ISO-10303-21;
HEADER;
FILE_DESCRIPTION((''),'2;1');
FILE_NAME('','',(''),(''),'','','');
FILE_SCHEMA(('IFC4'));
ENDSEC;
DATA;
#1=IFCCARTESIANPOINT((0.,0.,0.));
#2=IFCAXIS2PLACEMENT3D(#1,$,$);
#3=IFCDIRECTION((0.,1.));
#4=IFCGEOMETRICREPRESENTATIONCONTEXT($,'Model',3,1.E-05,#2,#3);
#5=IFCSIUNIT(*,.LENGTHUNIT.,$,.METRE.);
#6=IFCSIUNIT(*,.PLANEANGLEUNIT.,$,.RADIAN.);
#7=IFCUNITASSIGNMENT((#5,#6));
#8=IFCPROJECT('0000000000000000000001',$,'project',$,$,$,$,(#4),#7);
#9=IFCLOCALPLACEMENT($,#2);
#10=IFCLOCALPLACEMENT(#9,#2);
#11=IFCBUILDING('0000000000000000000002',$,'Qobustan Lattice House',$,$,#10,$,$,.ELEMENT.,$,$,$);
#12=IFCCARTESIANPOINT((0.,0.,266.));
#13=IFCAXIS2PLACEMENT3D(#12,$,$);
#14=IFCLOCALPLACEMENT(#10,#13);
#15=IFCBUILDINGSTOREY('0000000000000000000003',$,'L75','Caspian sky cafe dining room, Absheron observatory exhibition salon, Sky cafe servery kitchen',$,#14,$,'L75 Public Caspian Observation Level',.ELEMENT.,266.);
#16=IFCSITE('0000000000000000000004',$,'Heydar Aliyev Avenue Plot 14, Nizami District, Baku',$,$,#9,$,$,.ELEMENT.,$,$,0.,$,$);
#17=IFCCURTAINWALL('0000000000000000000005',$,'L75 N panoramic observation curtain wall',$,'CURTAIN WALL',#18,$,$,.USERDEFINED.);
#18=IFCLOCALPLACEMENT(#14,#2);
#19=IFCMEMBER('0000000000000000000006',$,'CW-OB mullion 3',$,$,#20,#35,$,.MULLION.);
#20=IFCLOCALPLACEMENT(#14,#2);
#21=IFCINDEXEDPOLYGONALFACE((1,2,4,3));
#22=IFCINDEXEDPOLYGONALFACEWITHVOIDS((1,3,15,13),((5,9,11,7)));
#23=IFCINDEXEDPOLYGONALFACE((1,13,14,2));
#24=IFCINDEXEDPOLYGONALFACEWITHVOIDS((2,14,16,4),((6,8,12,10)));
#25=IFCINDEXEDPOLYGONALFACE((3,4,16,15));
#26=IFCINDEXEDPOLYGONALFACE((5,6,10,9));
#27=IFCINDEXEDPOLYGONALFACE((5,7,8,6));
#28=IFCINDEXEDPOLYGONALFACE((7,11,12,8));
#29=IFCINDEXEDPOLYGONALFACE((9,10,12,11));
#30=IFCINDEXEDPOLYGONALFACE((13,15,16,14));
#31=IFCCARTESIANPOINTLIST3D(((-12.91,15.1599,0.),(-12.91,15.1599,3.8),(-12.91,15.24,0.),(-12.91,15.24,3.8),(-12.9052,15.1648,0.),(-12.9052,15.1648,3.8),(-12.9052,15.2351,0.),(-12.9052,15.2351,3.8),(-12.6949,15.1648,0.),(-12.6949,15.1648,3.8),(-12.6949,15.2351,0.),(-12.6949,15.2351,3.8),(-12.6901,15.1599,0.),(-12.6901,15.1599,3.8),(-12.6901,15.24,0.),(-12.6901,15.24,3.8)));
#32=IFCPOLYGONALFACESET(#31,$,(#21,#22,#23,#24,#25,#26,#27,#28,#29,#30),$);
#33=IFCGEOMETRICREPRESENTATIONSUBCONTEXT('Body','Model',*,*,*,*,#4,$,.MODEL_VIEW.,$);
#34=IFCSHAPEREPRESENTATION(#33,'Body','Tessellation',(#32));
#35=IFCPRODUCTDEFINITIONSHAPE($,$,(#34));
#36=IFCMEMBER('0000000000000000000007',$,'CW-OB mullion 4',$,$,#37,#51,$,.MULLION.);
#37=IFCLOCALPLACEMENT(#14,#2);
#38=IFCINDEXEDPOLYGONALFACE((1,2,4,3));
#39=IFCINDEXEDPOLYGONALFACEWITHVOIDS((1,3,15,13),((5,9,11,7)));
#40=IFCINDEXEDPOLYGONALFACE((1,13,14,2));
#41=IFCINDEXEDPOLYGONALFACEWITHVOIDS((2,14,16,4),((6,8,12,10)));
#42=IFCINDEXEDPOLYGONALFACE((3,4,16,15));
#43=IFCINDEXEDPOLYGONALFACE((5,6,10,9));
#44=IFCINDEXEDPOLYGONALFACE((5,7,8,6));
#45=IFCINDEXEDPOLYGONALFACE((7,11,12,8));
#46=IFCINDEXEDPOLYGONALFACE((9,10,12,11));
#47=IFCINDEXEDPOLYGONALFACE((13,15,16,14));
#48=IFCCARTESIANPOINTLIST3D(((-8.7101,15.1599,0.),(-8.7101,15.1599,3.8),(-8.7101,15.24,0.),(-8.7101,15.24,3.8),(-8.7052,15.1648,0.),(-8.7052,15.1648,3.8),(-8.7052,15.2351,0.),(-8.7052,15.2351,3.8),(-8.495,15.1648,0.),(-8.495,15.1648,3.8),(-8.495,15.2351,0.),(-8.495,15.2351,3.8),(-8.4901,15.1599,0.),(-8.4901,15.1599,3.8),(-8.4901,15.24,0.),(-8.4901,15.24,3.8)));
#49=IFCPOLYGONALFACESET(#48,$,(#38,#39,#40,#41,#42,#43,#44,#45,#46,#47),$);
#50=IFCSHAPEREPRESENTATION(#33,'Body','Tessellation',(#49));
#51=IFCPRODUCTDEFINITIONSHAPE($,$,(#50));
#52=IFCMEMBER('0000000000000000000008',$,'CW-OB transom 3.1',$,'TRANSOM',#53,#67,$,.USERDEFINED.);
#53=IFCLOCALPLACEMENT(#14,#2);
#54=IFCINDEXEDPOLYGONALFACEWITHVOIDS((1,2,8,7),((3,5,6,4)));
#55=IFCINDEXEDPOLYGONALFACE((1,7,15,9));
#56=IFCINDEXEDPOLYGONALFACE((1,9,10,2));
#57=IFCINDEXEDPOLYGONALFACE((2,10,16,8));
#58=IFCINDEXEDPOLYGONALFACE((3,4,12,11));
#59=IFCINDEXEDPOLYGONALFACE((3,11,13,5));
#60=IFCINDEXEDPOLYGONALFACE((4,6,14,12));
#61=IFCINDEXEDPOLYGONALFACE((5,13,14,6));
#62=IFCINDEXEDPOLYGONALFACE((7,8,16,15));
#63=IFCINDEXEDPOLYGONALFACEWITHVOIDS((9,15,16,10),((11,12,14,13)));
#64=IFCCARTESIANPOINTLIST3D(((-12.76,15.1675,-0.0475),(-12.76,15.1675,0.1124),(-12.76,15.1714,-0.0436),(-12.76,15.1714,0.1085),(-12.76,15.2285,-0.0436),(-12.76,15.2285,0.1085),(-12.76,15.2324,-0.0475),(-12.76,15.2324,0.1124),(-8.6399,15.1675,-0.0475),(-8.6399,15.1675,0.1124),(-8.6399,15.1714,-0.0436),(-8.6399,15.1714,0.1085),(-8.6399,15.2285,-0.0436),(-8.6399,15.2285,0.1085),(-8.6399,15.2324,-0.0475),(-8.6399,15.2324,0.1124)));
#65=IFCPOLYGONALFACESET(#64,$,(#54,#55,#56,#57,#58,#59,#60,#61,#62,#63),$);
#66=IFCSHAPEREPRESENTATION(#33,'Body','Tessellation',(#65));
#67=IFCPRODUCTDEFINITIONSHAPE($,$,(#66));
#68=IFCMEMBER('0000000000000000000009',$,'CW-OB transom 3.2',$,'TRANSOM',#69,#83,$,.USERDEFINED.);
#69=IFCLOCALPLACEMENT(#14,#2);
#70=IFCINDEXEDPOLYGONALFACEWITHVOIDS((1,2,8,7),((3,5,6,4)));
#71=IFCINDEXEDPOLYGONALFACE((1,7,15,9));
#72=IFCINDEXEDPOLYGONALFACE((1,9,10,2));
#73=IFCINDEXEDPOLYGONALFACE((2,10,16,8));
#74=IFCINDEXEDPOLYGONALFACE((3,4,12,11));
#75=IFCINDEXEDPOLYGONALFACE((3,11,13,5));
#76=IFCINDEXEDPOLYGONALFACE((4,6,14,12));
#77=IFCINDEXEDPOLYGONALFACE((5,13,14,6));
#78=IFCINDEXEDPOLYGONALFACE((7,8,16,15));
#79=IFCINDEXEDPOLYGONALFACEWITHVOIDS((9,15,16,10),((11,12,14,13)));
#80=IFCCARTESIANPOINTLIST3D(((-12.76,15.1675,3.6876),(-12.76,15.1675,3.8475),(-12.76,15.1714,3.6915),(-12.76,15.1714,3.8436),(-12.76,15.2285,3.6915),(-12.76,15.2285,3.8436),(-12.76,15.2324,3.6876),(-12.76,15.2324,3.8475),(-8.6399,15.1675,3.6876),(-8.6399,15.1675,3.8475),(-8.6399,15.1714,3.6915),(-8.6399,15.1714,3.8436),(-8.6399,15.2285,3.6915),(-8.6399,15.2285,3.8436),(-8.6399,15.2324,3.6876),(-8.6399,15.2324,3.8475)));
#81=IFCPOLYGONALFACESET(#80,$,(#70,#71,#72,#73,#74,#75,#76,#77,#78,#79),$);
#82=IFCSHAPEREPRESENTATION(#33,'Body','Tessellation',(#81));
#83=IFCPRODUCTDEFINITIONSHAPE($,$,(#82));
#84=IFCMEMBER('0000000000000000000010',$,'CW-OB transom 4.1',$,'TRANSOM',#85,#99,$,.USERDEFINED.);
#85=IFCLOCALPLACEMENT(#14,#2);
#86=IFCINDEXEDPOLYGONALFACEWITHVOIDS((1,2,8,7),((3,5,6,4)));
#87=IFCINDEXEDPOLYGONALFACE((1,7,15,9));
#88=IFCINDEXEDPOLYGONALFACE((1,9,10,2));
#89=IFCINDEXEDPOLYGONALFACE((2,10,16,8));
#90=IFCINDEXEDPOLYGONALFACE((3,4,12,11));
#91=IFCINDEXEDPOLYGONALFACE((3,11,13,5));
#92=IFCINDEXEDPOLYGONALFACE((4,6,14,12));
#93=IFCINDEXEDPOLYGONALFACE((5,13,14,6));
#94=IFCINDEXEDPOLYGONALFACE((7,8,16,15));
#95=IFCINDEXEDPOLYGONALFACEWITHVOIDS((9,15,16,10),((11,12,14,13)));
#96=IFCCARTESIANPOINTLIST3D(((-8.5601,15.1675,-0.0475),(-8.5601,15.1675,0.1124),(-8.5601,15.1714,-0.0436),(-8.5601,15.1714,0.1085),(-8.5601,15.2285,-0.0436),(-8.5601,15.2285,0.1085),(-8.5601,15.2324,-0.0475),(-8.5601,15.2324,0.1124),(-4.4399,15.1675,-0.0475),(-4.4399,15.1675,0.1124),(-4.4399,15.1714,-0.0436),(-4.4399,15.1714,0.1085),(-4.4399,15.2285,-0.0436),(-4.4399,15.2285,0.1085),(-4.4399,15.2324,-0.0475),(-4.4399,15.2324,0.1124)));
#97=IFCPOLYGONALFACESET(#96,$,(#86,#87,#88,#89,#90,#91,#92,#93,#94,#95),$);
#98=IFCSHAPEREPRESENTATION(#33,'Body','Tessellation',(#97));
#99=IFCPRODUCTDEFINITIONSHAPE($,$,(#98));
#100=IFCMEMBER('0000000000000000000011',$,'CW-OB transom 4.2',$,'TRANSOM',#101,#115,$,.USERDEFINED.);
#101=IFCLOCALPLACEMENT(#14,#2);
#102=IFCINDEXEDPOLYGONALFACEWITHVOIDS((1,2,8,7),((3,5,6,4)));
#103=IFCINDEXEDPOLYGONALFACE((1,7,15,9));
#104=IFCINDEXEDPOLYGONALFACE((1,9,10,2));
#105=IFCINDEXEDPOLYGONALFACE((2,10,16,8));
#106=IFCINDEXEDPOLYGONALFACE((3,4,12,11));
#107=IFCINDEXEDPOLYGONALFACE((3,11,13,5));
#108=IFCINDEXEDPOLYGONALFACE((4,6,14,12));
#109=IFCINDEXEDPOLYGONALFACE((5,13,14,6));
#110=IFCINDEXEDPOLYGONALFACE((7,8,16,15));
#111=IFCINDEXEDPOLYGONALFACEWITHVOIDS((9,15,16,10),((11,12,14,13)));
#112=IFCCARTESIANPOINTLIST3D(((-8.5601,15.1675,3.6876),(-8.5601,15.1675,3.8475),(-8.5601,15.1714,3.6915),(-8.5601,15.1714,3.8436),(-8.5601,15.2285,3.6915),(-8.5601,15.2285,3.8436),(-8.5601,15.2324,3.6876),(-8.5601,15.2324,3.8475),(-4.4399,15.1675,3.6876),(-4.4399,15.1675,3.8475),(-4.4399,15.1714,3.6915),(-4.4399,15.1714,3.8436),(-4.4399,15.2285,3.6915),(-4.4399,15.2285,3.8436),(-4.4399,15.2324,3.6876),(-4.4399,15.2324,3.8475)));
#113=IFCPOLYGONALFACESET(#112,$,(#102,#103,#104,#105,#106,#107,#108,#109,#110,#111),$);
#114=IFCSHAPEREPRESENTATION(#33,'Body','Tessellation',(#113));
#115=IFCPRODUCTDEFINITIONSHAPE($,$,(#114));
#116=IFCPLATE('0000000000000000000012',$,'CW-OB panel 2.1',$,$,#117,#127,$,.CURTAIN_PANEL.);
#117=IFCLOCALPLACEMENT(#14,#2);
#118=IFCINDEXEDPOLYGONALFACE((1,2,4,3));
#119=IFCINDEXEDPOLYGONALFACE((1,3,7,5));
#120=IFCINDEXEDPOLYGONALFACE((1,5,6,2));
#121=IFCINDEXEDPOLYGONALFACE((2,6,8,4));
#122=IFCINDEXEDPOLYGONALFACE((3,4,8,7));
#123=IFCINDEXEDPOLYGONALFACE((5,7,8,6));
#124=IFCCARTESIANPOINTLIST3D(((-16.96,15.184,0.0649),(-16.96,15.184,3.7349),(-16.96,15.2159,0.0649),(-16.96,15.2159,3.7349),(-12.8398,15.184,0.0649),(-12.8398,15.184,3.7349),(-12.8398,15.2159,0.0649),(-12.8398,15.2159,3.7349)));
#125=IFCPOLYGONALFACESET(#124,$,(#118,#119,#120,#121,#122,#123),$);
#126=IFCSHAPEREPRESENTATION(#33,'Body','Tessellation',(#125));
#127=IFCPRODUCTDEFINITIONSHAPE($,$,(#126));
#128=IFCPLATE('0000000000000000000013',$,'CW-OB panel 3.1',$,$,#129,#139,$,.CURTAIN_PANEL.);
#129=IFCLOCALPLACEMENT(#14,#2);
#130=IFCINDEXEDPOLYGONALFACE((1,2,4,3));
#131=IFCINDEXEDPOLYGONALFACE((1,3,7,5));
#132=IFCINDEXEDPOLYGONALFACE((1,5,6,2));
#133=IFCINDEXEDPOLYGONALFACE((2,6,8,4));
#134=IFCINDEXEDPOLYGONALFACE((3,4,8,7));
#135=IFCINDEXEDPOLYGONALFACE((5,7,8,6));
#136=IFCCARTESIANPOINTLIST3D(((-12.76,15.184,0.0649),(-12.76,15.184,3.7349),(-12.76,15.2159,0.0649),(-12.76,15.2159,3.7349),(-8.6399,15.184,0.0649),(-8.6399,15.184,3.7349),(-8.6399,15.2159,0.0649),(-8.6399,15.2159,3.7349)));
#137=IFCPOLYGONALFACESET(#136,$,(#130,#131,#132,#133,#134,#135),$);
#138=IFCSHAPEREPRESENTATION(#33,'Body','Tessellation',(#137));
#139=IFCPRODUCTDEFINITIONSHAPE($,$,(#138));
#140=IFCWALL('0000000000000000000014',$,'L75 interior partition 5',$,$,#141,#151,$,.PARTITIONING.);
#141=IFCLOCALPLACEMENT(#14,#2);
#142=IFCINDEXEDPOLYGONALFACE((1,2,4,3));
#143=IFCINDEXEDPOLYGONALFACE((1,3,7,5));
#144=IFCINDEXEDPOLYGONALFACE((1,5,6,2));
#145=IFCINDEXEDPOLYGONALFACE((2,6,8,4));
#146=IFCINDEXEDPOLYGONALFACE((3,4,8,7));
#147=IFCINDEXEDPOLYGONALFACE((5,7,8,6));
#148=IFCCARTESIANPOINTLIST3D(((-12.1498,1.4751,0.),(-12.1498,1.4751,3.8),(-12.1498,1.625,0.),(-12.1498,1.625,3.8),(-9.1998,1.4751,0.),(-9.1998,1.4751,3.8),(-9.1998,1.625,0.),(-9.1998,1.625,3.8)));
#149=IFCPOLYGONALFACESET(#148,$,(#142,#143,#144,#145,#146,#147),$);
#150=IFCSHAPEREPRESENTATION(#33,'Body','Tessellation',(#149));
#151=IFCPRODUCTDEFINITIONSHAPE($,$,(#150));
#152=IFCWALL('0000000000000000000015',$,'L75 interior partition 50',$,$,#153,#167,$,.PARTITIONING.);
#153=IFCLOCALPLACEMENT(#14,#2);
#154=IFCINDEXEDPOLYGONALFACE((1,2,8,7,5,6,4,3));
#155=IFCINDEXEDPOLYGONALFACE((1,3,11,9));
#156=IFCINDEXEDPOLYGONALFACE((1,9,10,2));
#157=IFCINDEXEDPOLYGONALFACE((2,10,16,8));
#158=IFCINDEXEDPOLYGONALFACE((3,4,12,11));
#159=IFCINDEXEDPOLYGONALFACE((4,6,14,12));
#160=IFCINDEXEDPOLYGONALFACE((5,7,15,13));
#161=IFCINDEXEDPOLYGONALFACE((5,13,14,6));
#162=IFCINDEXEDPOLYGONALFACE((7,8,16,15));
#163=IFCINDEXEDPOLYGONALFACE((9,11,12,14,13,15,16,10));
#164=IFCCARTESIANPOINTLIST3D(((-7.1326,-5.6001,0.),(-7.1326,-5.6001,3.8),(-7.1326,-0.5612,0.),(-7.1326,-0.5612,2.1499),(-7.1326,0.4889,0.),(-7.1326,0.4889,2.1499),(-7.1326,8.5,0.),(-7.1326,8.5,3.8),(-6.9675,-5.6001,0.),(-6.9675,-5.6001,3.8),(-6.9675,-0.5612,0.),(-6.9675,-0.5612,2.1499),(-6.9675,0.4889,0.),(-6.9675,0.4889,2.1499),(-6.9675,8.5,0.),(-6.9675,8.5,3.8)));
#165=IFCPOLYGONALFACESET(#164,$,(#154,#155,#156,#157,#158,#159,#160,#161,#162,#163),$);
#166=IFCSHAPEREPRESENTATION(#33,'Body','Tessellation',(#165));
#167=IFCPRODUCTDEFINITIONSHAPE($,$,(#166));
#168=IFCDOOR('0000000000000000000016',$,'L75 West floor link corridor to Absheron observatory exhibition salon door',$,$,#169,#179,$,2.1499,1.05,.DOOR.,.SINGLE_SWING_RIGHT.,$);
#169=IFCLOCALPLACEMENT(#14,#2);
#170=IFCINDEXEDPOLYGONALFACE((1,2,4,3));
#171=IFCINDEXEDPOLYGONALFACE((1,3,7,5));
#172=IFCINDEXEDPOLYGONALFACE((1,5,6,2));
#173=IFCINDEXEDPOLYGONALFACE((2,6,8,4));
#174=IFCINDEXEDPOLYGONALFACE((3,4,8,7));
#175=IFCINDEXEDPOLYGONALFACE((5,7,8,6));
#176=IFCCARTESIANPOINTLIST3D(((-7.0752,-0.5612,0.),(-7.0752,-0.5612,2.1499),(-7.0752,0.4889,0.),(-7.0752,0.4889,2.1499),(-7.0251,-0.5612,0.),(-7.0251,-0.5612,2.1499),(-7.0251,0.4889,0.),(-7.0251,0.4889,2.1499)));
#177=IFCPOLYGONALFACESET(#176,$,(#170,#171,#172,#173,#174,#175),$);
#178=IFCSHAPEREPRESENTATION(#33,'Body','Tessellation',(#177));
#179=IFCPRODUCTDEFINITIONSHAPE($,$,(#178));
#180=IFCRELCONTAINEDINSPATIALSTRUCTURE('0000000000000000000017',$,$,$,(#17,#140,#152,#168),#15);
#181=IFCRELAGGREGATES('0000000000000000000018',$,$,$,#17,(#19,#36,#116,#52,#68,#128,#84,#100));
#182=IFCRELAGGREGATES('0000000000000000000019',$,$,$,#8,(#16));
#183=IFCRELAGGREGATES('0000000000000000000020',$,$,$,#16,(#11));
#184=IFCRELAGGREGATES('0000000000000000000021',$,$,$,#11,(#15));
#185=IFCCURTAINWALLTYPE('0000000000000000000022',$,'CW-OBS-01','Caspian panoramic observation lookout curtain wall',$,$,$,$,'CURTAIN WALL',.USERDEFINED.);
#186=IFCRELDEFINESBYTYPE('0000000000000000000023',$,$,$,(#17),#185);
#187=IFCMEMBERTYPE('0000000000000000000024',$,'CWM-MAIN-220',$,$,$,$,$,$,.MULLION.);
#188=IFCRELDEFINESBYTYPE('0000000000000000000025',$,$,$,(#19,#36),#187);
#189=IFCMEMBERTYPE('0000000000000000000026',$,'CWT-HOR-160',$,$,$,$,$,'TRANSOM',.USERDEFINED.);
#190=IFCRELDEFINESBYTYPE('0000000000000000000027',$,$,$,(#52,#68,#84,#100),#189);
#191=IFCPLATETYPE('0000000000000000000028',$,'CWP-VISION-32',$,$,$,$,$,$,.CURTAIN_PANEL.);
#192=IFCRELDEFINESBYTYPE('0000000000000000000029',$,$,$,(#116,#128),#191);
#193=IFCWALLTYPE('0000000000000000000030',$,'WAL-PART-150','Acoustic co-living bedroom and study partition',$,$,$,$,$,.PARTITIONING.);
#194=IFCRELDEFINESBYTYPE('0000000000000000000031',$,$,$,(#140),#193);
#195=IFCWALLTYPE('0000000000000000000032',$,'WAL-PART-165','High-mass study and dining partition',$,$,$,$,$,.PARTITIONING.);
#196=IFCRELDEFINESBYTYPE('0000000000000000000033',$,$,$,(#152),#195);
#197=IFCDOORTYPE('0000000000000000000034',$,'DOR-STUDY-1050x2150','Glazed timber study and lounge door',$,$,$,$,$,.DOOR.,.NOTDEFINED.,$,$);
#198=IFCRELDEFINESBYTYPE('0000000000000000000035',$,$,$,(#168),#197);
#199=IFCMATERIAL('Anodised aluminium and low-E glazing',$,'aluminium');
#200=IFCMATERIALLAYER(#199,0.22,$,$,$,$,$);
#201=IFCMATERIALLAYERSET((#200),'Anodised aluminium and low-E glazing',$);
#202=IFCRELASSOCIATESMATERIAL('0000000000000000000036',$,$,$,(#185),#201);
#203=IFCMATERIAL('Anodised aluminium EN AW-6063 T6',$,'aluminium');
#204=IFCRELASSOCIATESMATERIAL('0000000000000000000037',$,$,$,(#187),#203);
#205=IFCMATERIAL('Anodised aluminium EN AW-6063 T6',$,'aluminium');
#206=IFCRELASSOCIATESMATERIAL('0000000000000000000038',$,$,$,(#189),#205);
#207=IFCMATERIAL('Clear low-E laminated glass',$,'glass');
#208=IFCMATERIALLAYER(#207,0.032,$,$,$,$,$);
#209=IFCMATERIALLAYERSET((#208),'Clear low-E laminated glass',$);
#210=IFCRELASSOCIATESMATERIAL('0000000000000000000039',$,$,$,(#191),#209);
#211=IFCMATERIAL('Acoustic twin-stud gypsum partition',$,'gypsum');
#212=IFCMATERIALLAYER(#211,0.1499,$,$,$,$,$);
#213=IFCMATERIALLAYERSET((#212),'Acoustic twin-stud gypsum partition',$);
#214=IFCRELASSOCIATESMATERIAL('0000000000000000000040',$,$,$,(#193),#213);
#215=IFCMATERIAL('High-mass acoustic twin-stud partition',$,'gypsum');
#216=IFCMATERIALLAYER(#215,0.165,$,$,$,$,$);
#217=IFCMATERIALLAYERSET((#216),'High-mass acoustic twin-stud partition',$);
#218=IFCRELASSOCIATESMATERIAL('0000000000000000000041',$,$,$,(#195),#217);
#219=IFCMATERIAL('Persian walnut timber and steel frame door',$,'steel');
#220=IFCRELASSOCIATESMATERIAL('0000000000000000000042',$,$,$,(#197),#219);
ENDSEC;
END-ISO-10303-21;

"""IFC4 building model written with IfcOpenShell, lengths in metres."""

from ifc_helpers import new_model, si_unit, direction, frame, frame_2d, origin, origin_2d, place, context, subcontext, project, spatial, rectangle, hollow_rectangle, extrude, material, layer, layer_set, material_profile, profile_set, type_object, element, fill, aggregate, save


model = new_model("IFC4")

# Units and contexts
model_context = context("Model", 3, precision=1e-05, world=origin(), true_north=direction((0.0, 1.0)))
body_context = subcontext(model_context, "Body", "Model", "MODEL_VIEW")
ifc_project = project(units=[si_unit("LENGTHUNIT", "METRE"), si_unit("PLANEANGLEUNIT", "RADIAN")], contexts=[model_context])

# Site, building, storey
site_placement = place(None, origin())
site = spatial("IfcSite", under=ifc_project, at=site_placement, Name="Heydar Aliyev Avenue Plot 14, Nizami District, Baku", CompositionType="ELEMENT", RefElevation=0.0)
building_placement = place(site_placement, origin())
building = spatial("IfcBuilding", under=site, at=building_placement, Name="Qobustan Lattice House", CompositionType="ELEMENT")
storey_placement = place(building_placement, frame((0.0, 0.0, 266.0)))
storey = spatial("IfcBuildingStorey", under=building, at=storey_placement, Name="L75", Description="Caspian sky cafe dining room, Absheron observatory exhibition salon, Sky cafe servery kitchen", LongName="L75 Public Caspian Observation Level", CompositionType="ELEMENT", Elevation=266.0)

# Curtain wall, members, plates
ifc_material_1 = material(Name="Anodised aluminium and low-E glazing", Category="aluminium")
ifc_layer_1 = layer(ifc_material_1, 0.22)
ifc_layer_set_1 = layer_set([ifc_layer_1], Name="Anodised aluminium and low-E glazing")
curtain_wall_type = type_object("IfcCurtainWallType", Name="CW-OBS-01", Description="Caspian panoramic observation lookout curtain wall", ElementType="CURTAIN WALL", PredefinedType="USERDEFINED", material=ifc_layer_set_1)
curtain_wall_placement = place(storey_placement, origin())
curtain_wall = element("IfcCurtainWall", 1, at=curtain_wall_placement, inside=storey, type_object=curtain_wall_type, Name="L75 N panoramic observation curtain wall", ObjectType="CURTAIN WALL", PredefinedType="USERDEFINED")
ifc_material_2 = material(Name="Anodised aluminium EN AW-6063 T6", Category="aluminium")
ifc_material_profile_1 = material_profile(ifc_material_2, hollow_rectangle(XDim=0.0801, YDim=0.22, WallThickness=0.0049, at=origin_2d()), Name="CWM-220x80")
ifc_profile_set_1 = profile_set([ifc_material_profile_1], Name="Anodised aluminium EN AW-6063 T6")
member_type_1 = type_object("IfcMemberType", Name="CWM-MAIN-220", PredefinedType="MULLION", material=ifc_profile_set_1)
member_1_placement = place(storey_placement, frame((-12.8, 15.2, 0.0), z_axis=(0.0, 0.0, 1.0), x_axis=(0.0, 1.0, 0.0)))
member_1 = element("IfcMember", 2, at=member_1_placement, type_object=member_type_1, Name="CW-OB mullion 3", PredefinedType="MULLION", context=body_context, shape_type="SweptSolid", body=[
    extrude(hollow_rectangle(XDim=0.0801, YDim=0.22, WallThickness=0.0049, at=origin_2d()), origin(), (0.0, 0.0, 1.0), 3.8),
])
member_2_placement = place(storey_placement, frame((-8.6001, 15.2, 0.0), z_axis=(0.0, 0.0, 1.0), x_axis=(0.0, 1.0, 0.0)))
member_2 = element("IfcMember", 3, at=member_2_placement, type_object=member_type_1, Name="CW-OB mullion 4", PredefinedType="MULLION", context=body_context, shape_type="SweptSolid", body=[
    extrude(hollow_rectangle(XDim=0.0801, YDim=0.22, WallThickness=0.0049, at=origin_2d()), origin(), (0.0, 0.0, 1.0), 3.8),
])
ifc_material_3 = material(Name="Anodised aluminium EN AW-6063 T6", Category="aluminium")
ifc_material_profile_2 = material_profile(ifc_material_3, hollow_rectangle(XDim=0.0649, YDim=0.1599, WallThickness=0.0039, at=origin_2d()), Name="CWT-160x65")
ifc_profile_set_2 = profile_set([ifc_material_profile_2], Name="Anodised aluminium EN AW-6063 T6")
member_type_2 = type_object("IfcMemberType", Name="CWT-HOR-160", ElementType="TRANSOM", PredefinedType="USERDEFINED", material=ifc_profile_set_2)
member_3_placement = place(storey_placement, frame((-12.76, 15.2, 0.0325), z_axis=(1.0, 0.0, 0.0), x_axis=(0.0, 1.0, 0.0)))
member_3 = element("IfcMember", 4, at=member_3_placement, type_object=member_type_2, Name="CW-OB transom 3.1", ObjectType="TRANSOM", PredefinedType="USERDEFINED", context=body_context, shape_type="SweptSolid", body=[
    extrude(hollow_rectangle(XDim=0.0649, YDim=0.1599, WallThickness=0.0039, at=origin_2d()), origin(), (0.0, 0.0, 1.0), 4.1201),
])
member_4_placement = place(storey_placement, frame((-12.76, 15.2, 3.7676), z_axis=(1.0, 0.0, 0.0), x_axis=(0.0, 1.0, 0.0)))
member_4 = element("IfcMember", 5, at=member_4_placement, type_object=member_type_2, Name="CW-OB transom 3.2", ObjectType="TRANSOM", PredefinedType="USERDEFINED", context=body_context, shape_type="SweptSolid", body=[
    extrude(hollow_rectangle(XDim=0.0649, YDim=0.1599, WallThickness=0.0039, at=origin_2d()), origin(), (0.0, 0.0, 1.0), 4.1201),
])
member_5_placement = place(storey_placement, frame((-8.5601, 15.2, 0.0325), z_axis=(1.0, 0.0, 0.0), x_axis=(0.0, 1.0, 0.0)))
member_5 = element("IfcMember", 6, at=member_5_placement, type_object=member_type_2, Name="CW-OB transom 4.1", ObjectType="TRANSOM", PredefinedType="USERDEFINED", context=body_context, shape_type="SweptSolid", body=[
    extrude(hollow_rectangle(XDim=0.0649, YDim=0.1599, WallThickness=0.0039, at=origin_2d()), origin(), (0.0, 0.0, 1.0), 4.1201),
])
member_6_placement = place(storey_placement, frame((-8.5601, 15.2, 3.7676), z_axis=(1.0, 0.0, 0.0), x_axis=(0.0, 1.0, 0.0)))
member_6 = element("IfcMember", 7, at=member_6_placement, type_object=member_type_2, Name="CW-OB transom 4.2", ObjectType="TRANSOM", PredefinedType="USERDEFINED", context=body_context, shape_type="SweptSolid", body=[
    extrude(hollow_rectangle(XDim=0.0649, YDim=0.1599, WallThickness=0.0039, at=origin_2d()), origin(), (0.0, 0.0, 1.0), 4.1201),
])
ifc_material_4 = material(Name="Clear low-E laminated glass", Category="glass")
ifc_layer_2 = layer(ifc_material_4, 0.032)
ifc_layer_set_2 = layer_set([ifc_layer_2], Name="Clear low-E laminated glass")
plate_type = type_object("IfcPlateType", Name="CWP-VISION-32", PredefinedType="CURTAIN_PANEL", material=ifc_layer_set_2)
plate_1_placement = place(storey_placement, frame((-14.8999, 15.2, 0.0649), z_axis=(0.0, 0.0, 1.0), x_axis=(1.0, 0.0, 0.0)))
plate_1 = element("IfcPlate", 8, at=plate_1_placement, type_object=plate_type, Name="CW-OB panel 2.1", PredefinedType="CURTAIN_PANEL", context=body_context, shape_type="SweptSolid", body=[
    extrude(rectangle(XDim=4.1201, YDim=0.032, at=origin_2d()), origin(), (0.0, 0.0, 1.0), 3.6699),
])
plate_2_placement = place(storey_placement, frame((-10.7, 15.2, 0.0649), z_axis=(0.0, 0.0, 1.0), x_axis=(1.0, 0.0, 0.0)))
plate_2 = element("IfcPlate", 9, at=plate_2_placement, type_object=plate_type, Name="CW-OB panel 3.1", PredefinedType="CURTAIN_PANEL", context=body_context, shape_type="SweptSolid", body=[
    extrude(rectangle(XDim=4.1201, YDim=0.032, at=origin_2d()), origin(), (0.0, 0.0, 1.0), 3.6699),
])
aggregate(curtain_wall, [member_1, member_2, plate_1, member_3, member_4, plate_2, member_5, member_6])

# Wall
ifc_material_5 = material(Name="Acoustic twin-stud gypsum partition", Category="gypsum")
ifc_layer_3 = layer(ifc_material_5, 0.1499)
ifc_layer_set_3 = layer_set([ifc_layer_3], Name="Acoustic twin-stud gypsum partition")
wall_type_1 = type_object("IfcWallType", Name="WAL-PART-150", Description="Acoustic co-living bedroom and study partition", PredefinedType="PARTITIONING", material=ifc_layer_set_3)
wall_1_placement = place(storey_placement, frame((-12.1499, 1.55, 0.0), z_axis=(0.0, 0.0, 1.0), x_axis=(1.0, 0.0, 0.0)))
element("IfcWall", 10, at=wall_1_placement, inside=storey, type_object=wall_type_1, Name="L75 interior partition 5", PredefinedType="PARTITIONING", context=body_context, shape_type="SweptSolid", body=[
    extrude(rectangle(XDim=2.95, YDim=0.1499, at=frame_2d((1.4751, 0.0))), origin(), (0.0, 0.0, 1.0), 3.8),
])

# Wall, opening, door
ifc_material_6 = material(Name="High-mass acoustic twin-stud partition", Category="gypsum")
ifc_layer_4 = layer(ifc_material_6, 0.165)
ifc_layer_set_4 = layer_set([ifc_layer_4], Name="High-mass acoustic twin-stud partition")
wall_type_2 = type_object("IfcWallType", Name="WAL-PART-165", Description="High-mass study and dining partition", PredefinedType="PARTITIONING", material=ifc_layer_set_4)
wall_2_placement = place(storey_placement, frame((-7.05, 8.5, 0.0), z_axis=(0.0, 0.0, 1.0), x_axis=(0.0, -1.0, 0.0)))
wall_2 = element("IfcWall", 11, at=wall_2_placement, inside=storey, type_object=wall_type_2, Name="L75 interior partition 50", PredefinedType="PARTITIONING", context=body_context, shape_type="SweptSolid", body=[
    extrude(rectangle(XDim=14.1001, YDim=0.165, at=frame_2d((7.05, 0.0))), origin(), (0.0, 0.0, 1.0), 3.8),
])
opening_1_placement = place(wall_2_placement, frame((8.0112, 0.0, 0.0)))
opening_1 = element("IfcOpeningElement", 12, at=opening_1_placement, cuts=wall_2, PredefinedType="OPENING", context=body_context, shape_type="SweptSolid", body=[
    extrude(rectangle(XDim=1.05, YDim=2.1499, at=frame_2d((0.5249, 1.075))), frame((0.0, 0.0925, 0.0), z_axis=(0.0, -1.0, 0.0), x_axis=(1.0, 0.0, 0.0)), (0.0, 0.0, 1.0), 0.1851),
])
ifc_material_7 = material(Name="Persian walnut timber and steel frame door", Category="steel")
door_type_1 = type_object("IfcDoorType", Name="DOR-STUDY-1050x2150", Description="Glazed timber study and lounge door", OperationType="NOTDEFINED", PredefinedType="DOOR", material=ifc_material_7)
door_1_placement = place(opening_1_placement, origin())
door_1 = element("IfcDoor", 13, at=door_1_placement, inside=storey, type_object=door_type_1, Name="L75 West floor link corridor to Absheron observatory exhibition salon door", OperationType="SINGLE_SWING_RIGHT", OverallHeight=2.1499, OverallWidth=1.05, PredefinedType="DOOR", context=body_context, shape_type="SweptSolid", body=[
    extrude(rectangle(XDim=1.05, YDim=2.1499, at=frame_2d((0.5249, 1.075))), frame((0.0, 0.0249, 0.0), z_axis=(0.0, -1.0, 0.0), x_axis=(1.0, 0.0, 0.0)), (0.0, 0.0, 1.0), 0.05),
])
fill(opening_1, door_1)

save(model, "model.ifc")
